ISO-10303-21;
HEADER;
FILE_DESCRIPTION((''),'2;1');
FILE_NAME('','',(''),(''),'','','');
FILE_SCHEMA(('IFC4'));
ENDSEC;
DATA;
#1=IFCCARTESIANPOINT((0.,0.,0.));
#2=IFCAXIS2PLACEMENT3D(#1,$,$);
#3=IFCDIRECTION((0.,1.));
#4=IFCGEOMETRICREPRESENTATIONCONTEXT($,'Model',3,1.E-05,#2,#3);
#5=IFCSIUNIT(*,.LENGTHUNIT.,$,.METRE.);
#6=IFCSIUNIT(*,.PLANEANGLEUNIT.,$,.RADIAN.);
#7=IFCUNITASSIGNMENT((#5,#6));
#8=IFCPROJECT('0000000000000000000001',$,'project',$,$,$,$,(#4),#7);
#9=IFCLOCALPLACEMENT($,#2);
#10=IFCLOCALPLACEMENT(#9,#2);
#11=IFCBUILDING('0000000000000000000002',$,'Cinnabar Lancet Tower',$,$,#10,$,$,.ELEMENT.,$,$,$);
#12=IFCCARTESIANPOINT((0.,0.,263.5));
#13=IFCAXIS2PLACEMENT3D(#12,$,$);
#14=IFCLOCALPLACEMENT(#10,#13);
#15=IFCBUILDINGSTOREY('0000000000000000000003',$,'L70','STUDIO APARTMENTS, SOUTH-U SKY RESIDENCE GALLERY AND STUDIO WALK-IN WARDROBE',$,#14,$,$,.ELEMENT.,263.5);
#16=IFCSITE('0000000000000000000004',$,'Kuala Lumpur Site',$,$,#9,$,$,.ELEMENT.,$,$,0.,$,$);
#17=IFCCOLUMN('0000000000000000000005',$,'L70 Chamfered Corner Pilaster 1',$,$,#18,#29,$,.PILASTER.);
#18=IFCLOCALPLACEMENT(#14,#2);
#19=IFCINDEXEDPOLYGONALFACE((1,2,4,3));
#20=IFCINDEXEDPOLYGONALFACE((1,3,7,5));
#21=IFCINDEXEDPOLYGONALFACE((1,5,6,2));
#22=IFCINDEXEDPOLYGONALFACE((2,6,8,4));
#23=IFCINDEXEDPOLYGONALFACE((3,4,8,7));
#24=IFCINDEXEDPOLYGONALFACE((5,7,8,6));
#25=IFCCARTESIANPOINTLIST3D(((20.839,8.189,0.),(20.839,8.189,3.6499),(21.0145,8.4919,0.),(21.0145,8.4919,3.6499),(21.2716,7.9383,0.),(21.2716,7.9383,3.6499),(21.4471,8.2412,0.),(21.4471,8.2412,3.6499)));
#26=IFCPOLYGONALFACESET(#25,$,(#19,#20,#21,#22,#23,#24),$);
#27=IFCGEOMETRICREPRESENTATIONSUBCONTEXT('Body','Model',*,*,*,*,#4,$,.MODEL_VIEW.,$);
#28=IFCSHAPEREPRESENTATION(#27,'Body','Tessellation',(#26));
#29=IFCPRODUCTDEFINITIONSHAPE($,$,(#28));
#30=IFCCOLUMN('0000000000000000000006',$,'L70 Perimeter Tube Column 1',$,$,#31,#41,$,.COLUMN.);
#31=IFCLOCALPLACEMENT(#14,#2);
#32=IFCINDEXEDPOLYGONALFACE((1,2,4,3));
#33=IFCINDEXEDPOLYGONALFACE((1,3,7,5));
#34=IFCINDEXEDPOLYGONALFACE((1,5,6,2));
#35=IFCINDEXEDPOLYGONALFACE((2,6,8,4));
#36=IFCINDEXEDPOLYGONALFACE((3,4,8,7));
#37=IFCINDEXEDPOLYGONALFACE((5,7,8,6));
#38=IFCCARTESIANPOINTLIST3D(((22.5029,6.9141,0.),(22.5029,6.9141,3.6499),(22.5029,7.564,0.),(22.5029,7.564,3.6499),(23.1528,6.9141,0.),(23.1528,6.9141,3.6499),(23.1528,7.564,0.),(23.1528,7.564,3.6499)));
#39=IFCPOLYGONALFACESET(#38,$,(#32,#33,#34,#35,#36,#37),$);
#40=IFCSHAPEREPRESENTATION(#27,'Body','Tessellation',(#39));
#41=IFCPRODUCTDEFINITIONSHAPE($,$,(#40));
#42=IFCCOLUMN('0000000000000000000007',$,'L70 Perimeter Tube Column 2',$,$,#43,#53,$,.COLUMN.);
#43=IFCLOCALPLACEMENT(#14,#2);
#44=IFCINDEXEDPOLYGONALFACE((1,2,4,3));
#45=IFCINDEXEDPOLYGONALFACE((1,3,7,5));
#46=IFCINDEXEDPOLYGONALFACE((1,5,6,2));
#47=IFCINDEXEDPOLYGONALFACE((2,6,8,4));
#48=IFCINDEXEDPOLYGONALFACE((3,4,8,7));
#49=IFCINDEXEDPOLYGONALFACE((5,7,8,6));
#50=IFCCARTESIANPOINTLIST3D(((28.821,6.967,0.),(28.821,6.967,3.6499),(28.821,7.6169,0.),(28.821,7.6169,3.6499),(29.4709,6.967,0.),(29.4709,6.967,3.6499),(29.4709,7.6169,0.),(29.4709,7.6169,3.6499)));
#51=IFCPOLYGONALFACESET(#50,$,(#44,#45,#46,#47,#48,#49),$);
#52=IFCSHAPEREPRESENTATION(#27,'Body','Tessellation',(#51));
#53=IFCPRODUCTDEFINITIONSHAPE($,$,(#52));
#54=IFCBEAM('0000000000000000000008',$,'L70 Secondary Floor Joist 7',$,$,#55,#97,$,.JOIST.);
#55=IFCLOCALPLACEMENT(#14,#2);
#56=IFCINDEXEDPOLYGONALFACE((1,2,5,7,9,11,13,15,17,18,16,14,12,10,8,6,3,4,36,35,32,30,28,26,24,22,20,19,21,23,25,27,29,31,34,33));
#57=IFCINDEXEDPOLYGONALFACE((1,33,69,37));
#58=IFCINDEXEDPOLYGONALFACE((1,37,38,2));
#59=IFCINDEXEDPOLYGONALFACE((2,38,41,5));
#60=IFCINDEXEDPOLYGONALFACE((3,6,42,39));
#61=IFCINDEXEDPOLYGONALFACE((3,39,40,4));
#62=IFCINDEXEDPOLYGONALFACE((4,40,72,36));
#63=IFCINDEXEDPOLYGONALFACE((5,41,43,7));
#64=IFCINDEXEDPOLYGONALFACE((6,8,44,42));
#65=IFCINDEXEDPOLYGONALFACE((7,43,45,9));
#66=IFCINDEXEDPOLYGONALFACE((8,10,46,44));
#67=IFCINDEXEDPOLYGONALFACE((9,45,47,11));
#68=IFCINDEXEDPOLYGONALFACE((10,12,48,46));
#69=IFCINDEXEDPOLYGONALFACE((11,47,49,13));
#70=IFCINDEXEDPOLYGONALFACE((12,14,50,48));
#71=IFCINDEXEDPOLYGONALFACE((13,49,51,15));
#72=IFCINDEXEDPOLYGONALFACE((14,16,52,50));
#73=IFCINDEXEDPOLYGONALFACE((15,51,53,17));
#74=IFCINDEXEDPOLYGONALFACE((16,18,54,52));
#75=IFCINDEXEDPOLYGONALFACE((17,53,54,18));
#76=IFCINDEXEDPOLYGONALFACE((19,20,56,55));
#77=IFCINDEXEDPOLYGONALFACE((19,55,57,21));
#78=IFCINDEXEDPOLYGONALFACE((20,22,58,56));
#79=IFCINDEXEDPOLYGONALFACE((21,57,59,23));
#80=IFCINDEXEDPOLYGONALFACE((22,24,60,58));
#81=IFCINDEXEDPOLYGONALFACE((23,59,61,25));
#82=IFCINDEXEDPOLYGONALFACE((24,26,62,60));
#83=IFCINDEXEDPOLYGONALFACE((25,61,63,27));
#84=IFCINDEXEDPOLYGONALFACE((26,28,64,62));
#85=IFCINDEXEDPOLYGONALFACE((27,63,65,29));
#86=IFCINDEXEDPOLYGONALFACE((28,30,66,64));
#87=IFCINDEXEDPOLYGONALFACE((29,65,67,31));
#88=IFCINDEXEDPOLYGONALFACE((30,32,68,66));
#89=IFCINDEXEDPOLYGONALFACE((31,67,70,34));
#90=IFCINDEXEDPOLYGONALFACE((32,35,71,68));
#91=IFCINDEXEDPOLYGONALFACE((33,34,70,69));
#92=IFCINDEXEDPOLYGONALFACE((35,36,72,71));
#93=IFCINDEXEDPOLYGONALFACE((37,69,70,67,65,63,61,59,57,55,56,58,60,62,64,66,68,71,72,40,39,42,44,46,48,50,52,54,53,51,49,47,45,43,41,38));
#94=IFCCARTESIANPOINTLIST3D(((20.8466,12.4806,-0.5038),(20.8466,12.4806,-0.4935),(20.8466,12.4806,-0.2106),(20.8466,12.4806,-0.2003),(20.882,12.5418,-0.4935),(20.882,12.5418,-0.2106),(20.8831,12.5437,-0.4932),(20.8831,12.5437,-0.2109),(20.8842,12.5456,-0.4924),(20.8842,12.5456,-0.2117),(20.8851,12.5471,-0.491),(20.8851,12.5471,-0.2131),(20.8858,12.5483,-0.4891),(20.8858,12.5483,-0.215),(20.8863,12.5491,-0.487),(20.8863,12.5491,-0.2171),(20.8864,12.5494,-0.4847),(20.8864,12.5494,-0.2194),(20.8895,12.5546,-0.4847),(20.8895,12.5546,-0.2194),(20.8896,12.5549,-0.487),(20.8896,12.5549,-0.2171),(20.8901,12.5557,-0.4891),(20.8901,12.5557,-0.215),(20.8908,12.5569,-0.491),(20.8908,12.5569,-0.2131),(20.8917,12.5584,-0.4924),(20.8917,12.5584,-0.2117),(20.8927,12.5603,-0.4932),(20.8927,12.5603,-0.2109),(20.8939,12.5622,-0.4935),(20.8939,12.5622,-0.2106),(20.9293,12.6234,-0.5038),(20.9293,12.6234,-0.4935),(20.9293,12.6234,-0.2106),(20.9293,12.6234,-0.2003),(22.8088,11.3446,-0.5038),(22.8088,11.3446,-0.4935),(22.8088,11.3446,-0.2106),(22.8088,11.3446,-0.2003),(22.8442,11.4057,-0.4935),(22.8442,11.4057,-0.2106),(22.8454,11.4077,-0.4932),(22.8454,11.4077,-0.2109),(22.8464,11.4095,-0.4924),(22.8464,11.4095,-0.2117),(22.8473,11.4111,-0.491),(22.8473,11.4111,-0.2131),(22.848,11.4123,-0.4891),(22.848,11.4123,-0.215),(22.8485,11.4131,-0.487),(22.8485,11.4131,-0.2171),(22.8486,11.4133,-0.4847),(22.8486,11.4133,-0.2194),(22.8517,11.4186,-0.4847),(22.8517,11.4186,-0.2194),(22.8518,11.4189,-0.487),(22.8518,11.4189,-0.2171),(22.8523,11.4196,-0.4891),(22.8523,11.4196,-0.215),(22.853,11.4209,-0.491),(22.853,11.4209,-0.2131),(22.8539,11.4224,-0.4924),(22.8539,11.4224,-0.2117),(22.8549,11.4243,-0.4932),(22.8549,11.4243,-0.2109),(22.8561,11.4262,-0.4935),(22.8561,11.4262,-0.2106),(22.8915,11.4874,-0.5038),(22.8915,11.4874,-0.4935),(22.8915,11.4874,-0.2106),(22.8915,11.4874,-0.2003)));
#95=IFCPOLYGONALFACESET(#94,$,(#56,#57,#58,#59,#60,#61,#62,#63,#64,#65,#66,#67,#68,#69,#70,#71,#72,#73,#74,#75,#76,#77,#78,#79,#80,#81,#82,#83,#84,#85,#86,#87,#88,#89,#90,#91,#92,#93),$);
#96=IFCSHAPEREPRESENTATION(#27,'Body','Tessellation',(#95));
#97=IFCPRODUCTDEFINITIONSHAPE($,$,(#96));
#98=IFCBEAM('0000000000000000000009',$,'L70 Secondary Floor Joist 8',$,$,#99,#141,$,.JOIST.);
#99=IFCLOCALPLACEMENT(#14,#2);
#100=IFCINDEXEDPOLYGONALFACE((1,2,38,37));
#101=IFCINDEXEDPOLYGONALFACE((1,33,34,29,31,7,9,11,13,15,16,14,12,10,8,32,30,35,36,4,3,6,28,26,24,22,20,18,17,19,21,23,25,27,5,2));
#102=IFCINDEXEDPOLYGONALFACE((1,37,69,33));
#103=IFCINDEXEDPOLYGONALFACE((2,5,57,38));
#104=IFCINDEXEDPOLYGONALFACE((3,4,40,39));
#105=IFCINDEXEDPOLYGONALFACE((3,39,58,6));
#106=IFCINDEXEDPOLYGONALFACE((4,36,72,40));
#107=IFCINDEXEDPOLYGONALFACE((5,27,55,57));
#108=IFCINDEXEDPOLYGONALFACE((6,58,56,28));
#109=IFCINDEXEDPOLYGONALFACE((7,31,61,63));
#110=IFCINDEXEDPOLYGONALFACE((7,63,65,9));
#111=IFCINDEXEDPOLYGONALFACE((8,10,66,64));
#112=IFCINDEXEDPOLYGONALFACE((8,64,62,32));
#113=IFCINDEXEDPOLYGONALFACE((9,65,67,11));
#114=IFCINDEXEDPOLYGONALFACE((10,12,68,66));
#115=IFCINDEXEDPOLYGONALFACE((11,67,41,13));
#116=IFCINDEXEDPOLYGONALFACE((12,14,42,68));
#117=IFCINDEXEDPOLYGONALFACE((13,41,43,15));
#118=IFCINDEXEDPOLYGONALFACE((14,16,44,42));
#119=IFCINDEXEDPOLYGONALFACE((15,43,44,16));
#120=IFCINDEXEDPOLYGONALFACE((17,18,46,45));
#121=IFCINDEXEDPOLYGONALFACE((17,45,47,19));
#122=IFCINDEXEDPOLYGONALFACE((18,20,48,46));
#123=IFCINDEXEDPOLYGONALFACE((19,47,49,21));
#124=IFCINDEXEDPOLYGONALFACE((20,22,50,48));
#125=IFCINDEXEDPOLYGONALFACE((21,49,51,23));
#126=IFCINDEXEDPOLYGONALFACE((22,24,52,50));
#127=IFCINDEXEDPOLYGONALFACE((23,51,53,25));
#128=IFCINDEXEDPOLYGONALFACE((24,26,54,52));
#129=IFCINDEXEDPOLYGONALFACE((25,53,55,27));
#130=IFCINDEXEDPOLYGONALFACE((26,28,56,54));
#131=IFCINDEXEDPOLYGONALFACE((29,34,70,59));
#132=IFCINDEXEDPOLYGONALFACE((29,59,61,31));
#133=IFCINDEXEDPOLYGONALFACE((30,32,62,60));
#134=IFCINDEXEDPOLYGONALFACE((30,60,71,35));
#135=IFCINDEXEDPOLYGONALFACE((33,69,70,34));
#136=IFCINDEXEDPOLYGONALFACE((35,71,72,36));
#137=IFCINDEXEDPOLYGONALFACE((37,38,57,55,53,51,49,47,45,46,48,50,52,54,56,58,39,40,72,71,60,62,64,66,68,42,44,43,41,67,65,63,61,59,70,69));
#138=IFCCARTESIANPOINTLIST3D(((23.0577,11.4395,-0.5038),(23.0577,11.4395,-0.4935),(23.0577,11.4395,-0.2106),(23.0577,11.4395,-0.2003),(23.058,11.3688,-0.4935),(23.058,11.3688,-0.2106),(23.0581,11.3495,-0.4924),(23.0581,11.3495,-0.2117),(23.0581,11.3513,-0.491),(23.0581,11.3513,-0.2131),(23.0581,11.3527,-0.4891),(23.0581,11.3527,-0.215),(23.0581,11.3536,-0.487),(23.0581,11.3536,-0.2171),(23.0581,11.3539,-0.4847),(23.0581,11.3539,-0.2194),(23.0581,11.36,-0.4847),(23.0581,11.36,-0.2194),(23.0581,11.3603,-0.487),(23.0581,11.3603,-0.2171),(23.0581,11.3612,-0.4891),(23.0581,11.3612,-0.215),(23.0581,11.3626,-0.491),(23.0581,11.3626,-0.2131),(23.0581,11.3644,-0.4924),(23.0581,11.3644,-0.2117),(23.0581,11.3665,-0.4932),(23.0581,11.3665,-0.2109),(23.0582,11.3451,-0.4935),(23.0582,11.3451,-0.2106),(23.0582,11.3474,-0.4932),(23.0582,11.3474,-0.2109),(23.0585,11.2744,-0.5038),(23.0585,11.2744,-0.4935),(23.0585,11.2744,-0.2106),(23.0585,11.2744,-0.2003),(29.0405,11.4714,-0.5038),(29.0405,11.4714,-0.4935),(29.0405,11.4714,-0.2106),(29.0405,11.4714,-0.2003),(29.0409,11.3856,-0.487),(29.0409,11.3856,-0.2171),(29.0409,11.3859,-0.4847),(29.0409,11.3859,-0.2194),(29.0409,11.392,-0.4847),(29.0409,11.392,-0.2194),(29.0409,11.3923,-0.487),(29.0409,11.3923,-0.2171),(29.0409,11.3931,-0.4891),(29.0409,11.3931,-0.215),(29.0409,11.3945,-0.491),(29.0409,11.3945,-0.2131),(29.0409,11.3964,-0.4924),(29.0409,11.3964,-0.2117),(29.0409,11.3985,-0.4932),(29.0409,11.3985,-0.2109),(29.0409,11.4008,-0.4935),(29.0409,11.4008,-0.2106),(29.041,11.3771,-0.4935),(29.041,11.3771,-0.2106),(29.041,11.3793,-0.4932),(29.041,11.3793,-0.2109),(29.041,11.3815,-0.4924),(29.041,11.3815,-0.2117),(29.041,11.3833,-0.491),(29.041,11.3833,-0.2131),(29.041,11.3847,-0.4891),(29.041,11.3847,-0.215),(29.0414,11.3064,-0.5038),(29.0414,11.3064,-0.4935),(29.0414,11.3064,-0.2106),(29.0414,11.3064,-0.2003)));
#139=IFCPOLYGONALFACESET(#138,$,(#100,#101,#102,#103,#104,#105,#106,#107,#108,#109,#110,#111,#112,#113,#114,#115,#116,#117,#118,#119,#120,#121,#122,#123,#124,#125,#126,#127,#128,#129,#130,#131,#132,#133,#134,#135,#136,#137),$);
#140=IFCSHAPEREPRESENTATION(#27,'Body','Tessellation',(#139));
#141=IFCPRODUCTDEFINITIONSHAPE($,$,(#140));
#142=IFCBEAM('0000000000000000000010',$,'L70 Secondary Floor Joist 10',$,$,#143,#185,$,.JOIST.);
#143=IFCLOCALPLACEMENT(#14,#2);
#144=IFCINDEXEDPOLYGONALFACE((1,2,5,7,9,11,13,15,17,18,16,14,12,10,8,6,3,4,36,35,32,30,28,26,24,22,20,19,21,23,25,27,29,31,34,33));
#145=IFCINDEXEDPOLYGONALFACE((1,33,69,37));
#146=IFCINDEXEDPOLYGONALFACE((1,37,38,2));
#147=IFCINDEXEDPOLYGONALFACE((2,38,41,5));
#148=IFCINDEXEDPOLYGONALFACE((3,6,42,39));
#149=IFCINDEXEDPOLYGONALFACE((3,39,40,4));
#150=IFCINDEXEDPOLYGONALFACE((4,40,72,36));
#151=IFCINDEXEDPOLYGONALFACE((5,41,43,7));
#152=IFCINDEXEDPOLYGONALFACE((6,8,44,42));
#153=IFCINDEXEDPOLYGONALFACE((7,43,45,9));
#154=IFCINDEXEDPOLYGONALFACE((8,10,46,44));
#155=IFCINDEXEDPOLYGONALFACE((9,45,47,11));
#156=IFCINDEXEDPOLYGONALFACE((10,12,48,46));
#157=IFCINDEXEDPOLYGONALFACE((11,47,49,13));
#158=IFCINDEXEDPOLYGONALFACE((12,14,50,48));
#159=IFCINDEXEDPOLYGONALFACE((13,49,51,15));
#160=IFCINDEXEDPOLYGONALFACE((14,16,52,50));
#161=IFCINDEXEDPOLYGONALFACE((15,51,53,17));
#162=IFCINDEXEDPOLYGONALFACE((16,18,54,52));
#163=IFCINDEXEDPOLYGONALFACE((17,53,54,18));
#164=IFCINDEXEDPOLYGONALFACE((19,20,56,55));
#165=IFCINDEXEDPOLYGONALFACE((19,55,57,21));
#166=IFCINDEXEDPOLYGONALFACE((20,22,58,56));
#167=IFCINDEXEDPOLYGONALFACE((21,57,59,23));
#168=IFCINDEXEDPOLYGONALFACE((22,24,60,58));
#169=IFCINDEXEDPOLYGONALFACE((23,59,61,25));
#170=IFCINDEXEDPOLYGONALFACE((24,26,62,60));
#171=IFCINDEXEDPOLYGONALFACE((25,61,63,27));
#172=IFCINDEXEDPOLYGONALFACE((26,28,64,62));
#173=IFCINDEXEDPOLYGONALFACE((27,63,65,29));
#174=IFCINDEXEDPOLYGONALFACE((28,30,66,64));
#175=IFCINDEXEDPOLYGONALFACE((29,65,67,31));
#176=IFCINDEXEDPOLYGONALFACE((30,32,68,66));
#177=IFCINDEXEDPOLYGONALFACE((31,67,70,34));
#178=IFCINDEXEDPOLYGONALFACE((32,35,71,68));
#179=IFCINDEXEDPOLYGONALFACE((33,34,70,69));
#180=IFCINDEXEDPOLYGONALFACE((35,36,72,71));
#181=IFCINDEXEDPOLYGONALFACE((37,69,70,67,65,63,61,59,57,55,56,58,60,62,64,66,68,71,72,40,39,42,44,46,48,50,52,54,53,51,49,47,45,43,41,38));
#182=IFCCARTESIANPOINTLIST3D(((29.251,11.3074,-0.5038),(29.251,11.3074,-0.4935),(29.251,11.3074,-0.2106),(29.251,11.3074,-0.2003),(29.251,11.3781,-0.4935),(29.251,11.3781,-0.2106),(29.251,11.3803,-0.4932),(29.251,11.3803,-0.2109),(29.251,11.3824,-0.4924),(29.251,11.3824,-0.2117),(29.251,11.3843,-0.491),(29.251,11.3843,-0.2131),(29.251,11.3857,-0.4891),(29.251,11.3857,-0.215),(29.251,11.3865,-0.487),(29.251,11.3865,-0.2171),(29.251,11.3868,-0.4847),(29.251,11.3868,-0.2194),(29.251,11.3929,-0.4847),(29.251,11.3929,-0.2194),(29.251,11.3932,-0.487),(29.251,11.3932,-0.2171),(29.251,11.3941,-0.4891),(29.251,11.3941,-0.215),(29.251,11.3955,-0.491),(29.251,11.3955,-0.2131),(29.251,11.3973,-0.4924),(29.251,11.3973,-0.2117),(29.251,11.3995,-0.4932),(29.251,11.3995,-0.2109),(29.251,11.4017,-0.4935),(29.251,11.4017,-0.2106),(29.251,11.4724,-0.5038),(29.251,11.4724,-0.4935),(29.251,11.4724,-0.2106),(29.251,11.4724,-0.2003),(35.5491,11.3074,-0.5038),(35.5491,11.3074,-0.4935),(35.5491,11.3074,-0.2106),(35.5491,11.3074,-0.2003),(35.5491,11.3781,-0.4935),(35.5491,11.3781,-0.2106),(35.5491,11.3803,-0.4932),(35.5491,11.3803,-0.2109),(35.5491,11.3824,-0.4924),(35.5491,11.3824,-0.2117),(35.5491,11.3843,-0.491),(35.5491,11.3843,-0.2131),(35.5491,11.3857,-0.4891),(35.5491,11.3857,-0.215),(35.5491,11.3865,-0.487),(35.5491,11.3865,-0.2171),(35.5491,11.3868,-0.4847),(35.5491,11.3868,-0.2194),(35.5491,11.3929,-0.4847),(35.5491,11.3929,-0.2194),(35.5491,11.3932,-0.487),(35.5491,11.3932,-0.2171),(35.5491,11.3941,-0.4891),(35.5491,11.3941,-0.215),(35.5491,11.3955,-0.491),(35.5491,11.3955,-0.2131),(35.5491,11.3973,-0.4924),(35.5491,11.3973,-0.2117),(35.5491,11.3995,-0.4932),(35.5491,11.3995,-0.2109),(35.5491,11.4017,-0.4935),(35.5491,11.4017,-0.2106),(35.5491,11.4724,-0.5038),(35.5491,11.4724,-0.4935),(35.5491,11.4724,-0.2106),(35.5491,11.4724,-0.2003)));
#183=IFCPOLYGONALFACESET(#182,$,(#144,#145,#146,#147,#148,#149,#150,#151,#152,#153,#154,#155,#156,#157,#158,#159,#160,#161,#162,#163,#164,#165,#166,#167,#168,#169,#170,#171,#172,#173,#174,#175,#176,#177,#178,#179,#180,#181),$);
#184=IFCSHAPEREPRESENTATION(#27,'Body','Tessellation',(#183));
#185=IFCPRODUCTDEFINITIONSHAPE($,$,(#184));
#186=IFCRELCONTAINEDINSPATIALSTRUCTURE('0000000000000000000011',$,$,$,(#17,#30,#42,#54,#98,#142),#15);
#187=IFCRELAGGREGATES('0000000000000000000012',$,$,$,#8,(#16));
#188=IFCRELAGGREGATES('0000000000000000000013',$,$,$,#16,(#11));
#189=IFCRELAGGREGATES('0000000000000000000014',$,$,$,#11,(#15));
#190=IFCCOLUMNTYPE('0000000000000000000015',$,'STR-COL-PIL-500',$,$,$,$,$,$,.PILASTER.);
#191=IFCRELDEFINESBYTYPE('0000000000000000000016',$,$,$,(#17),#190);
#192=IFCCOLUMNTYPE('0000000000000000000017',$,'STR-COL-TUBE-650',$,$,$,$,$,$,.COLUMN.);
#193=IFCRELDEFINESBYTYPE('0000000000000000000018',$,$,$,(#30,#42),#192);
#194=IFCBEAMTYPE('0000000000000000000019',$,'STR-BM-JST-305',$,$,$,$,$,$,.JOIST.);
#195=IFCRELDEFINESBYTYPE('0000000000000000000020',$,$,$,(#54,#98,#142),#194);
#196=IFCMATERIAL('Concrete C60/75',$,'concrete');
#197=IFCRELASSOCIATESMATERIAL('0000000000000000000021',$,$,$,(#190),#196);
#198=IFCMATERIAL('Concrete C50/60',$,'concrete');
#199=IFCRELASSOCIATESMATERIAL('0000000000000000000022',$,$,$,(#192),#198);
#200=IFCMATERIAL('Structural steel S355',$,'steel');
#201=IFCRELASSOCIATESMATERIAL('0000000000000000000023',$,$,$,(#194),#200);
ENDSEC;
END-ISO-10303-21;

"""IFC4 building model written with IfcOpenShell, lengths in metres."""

from ifc_helpers import new_model, si_unit, direction, frame, origin, origin_2d, place, context, subcontext, project, spatial, rectangle, i_section, extrude, material, material_profile, profile_set, type_object, element, save


model = new_model("IFC4")

# Units and contexts
model_context = context("Model", 3, precision=1e-05, world=origin(), true_north=direction((0.0, 1.0)))
body_context = subcontext(model_context, "Body", "Model", "MODEL_VIEW")
ifc_project = project(units=[si_unit("LENGTHUNIT", "METRE"), si_unit("PLANEANGLEUNIT", "RADIAN")], contexts=[model_context])

# Site, building, storey
site_placement = place(None, origin())
site = spatial("IfcSite", under=ifc_project, at=site_placement, Name="Kuala Lumpur Site", CompositionType="ELEMENT", RefElevation=0.0)
building_placement = place(site_placement, origin())
building = spatial("IfcBuilding", under=site, at=building_placement, Name="Cinnabar Lancet Tower", CompositionType="ELEMENT")
storey_placement = place(building_placement, frame((0.0, 0.0, 263.5)))
storey = spatial("IfcBuildingStorey", under=building, at=storey_placement, Name="L70", Description="STUDIO APARTMENTS, SOUTH-U SKY RESIDENCE GALLERY AND STUDIO WALK-IN WARDROBE", CompositionType="ELEMENT", Elevation=263.5)

# Columns
ifc_material_1 = material(Name="Concrete C60/75", Category="concrete")
ifc_material_profile_1 = material_profile(ifc_material_1, rectangle(XDim=0.5, YDim=0.3501, at=origin_2d()), Name="RC-PIL 500x350")
ifc_profile_set_1 = profile_set([ifc_material_profile_1], Name="Concrete C60/75")
column_type_1 = type_object("IfcColumnType", Name="STR-COL-PIL-500", PredefinedType="PILASTER", material=ifc_profile_set_1)
column_placement = place(storey_placement, frame((21.1431, 8.2151, 0.0), z_axis=(0.0, 0.0, 1.0), x_axis=(0.865256, -0.50133, 0.0)))
element("IfcColumn", 1, at=column_placement, inside=storey, type_object=column_type_1, Name="L70 Chamfered Corner Pilaster 1", PredefinedType="PILASTER", context=body_context, shape_type="SweptSolid", body=[
    extrude(rectangle(XDim=0.5, YDim=0.3501, at=origin_2d()), origin(), (0.0, 0.0, 1.0), 3.6499),
])
ifc_material_2 = material(Name="Concrete C50/60", Category="concrete")
ifc_material_profile_2 = material_profile(ifc_material_2, rectangle(XDim=0.6499, YDim=0.6499, at=origin_2d()), Name="RC-COL 650x650")
ifc_profile_set_2 = profile_set([ifc_material_profile_2], Name="Concrete C50/60")
column_type_2 = type_object("IfcColumnType", Name="STR-COL-TUBE-650", PredefinedType="COLUMN", material=ifc_profile_set_2)
for number, where, z_axis, x_axis, name in (
    (2, (22.8279, 7.239, 0.0), (0.0, 0.0, 1.0), (1.0, 0.0, 0.0), "L70 Perimeter Tube Column 1"),
    (3, (29.146, 7.292, 0.0), (0.0, 0.0, 1.0), (1.0, 0.0, 0.0), "L70 Perimeter Tube Column 2"),
):
    element("IfcColumn", number, at=place(storey_placement, frame(where, z_axis=z_axis, x_axis=x_axis)), inside=storey, type_object=column_type_2, Name=name, PredefinedType="COLUMN", context=body_context, shape_type="SweptSolid", body=[
        extrude(rectangle(XDim=0.6499, YDim=0.6499, at=origin_2d()), origin(), (0.0, 0.0, 1.0), 3.6499),
    ])

# Beams
ifc_material_3 = material(Name="Structural steel S355", Category="steel")
ifc_material_profile_3 = material_profile(ifc_material_3, i_section(OverallWidth=0.165, OverallDepth=0.3035, WebThickness=0.0061, FlangeThickness=0.0103, FilletRadius=0.0088, at=origin_2d()), Name="UKB 305x165x40")
ifc_profile_set_3 = profile_set([ifc_material_profile_3], Name="Structural steel S355")
beam_type_1 = type_object("IfcBeamType", Name="STR-BM-JST-305", PredefinedType="JOIST", material=ifc_profile_set_3)
beam_1_placement = place(storey_placement, frame((20.8879, 12.552, -0.3521), z_axis=(0.865426, -0.501036, 0.0), x_axis=(0.501036, 0.865426, 0.0)))
element("IfcBeam", 4, at=beam_1_placement, inside=storey, type_object=beam_type_1, Name="L70 Secondary Floor Joist 7", PredefinedType="JOIST", context=body_context, shape_type="SweptSolid", body=[
    extrude(i_section(OverallWidth=0.165, OverallDepth=0.3035, WebThickness=0.0061, FlangeThickness=0.0103, FilletRadius=0.0088, at=origin_2d()), origin(), (0.0, 0.0, 1.0), 2.2673),
])
beam_2_placement = place(storey_placement, frame((23.0581, 11.3569, -0.3521), z_axis=(0.999986, 0.005346, 0.0), x_axis=(-0.005346, 0.999986, 0.0)))
element("IfcBeam", 5, at=beam_2_placement, inside=storey, type_object=beam_type_1, Name="L70 Secondary Floor Joist 8", PredefinedType="JOIST", context=body_context, shape_type="SweptSolid", body=[
    extrude(i_section(OverallWidth=0.165, OverallDepth=0.3035, WebThickness=0.0061, FlangeThickness=0.0103, FilletRadius=0.0088, at=origin_2d()), origin(), (0.0, 0.0, 1.0), 5.9829),
])
beam_3_placement = place(storey_placement, frame((29.251, 11.3899, -0.3521), z_axis=(1.0, 0.0, 0.0), x_axis=(0.0, 1.0, 0.0)))
element("IfcBeam", 6, at=beam_3_placement, inside=storey, type_object=beam_type_1, Name="L70 Secondary Floor Joist 10", PredefinedType="JOIST", context=body_context, shape_type="SweptSolid", body=[
    extrude(i_section(OverallWidth=0.165, OverallDepth=0.3035, WebThickness=0.0061, FlangeThickness=0.0103, FilletRadius=0.0088, at=origin_2d()), origin(), (0.0, 0.0, 1.0), 6.2981),
])

save(model, "model.ifc")
